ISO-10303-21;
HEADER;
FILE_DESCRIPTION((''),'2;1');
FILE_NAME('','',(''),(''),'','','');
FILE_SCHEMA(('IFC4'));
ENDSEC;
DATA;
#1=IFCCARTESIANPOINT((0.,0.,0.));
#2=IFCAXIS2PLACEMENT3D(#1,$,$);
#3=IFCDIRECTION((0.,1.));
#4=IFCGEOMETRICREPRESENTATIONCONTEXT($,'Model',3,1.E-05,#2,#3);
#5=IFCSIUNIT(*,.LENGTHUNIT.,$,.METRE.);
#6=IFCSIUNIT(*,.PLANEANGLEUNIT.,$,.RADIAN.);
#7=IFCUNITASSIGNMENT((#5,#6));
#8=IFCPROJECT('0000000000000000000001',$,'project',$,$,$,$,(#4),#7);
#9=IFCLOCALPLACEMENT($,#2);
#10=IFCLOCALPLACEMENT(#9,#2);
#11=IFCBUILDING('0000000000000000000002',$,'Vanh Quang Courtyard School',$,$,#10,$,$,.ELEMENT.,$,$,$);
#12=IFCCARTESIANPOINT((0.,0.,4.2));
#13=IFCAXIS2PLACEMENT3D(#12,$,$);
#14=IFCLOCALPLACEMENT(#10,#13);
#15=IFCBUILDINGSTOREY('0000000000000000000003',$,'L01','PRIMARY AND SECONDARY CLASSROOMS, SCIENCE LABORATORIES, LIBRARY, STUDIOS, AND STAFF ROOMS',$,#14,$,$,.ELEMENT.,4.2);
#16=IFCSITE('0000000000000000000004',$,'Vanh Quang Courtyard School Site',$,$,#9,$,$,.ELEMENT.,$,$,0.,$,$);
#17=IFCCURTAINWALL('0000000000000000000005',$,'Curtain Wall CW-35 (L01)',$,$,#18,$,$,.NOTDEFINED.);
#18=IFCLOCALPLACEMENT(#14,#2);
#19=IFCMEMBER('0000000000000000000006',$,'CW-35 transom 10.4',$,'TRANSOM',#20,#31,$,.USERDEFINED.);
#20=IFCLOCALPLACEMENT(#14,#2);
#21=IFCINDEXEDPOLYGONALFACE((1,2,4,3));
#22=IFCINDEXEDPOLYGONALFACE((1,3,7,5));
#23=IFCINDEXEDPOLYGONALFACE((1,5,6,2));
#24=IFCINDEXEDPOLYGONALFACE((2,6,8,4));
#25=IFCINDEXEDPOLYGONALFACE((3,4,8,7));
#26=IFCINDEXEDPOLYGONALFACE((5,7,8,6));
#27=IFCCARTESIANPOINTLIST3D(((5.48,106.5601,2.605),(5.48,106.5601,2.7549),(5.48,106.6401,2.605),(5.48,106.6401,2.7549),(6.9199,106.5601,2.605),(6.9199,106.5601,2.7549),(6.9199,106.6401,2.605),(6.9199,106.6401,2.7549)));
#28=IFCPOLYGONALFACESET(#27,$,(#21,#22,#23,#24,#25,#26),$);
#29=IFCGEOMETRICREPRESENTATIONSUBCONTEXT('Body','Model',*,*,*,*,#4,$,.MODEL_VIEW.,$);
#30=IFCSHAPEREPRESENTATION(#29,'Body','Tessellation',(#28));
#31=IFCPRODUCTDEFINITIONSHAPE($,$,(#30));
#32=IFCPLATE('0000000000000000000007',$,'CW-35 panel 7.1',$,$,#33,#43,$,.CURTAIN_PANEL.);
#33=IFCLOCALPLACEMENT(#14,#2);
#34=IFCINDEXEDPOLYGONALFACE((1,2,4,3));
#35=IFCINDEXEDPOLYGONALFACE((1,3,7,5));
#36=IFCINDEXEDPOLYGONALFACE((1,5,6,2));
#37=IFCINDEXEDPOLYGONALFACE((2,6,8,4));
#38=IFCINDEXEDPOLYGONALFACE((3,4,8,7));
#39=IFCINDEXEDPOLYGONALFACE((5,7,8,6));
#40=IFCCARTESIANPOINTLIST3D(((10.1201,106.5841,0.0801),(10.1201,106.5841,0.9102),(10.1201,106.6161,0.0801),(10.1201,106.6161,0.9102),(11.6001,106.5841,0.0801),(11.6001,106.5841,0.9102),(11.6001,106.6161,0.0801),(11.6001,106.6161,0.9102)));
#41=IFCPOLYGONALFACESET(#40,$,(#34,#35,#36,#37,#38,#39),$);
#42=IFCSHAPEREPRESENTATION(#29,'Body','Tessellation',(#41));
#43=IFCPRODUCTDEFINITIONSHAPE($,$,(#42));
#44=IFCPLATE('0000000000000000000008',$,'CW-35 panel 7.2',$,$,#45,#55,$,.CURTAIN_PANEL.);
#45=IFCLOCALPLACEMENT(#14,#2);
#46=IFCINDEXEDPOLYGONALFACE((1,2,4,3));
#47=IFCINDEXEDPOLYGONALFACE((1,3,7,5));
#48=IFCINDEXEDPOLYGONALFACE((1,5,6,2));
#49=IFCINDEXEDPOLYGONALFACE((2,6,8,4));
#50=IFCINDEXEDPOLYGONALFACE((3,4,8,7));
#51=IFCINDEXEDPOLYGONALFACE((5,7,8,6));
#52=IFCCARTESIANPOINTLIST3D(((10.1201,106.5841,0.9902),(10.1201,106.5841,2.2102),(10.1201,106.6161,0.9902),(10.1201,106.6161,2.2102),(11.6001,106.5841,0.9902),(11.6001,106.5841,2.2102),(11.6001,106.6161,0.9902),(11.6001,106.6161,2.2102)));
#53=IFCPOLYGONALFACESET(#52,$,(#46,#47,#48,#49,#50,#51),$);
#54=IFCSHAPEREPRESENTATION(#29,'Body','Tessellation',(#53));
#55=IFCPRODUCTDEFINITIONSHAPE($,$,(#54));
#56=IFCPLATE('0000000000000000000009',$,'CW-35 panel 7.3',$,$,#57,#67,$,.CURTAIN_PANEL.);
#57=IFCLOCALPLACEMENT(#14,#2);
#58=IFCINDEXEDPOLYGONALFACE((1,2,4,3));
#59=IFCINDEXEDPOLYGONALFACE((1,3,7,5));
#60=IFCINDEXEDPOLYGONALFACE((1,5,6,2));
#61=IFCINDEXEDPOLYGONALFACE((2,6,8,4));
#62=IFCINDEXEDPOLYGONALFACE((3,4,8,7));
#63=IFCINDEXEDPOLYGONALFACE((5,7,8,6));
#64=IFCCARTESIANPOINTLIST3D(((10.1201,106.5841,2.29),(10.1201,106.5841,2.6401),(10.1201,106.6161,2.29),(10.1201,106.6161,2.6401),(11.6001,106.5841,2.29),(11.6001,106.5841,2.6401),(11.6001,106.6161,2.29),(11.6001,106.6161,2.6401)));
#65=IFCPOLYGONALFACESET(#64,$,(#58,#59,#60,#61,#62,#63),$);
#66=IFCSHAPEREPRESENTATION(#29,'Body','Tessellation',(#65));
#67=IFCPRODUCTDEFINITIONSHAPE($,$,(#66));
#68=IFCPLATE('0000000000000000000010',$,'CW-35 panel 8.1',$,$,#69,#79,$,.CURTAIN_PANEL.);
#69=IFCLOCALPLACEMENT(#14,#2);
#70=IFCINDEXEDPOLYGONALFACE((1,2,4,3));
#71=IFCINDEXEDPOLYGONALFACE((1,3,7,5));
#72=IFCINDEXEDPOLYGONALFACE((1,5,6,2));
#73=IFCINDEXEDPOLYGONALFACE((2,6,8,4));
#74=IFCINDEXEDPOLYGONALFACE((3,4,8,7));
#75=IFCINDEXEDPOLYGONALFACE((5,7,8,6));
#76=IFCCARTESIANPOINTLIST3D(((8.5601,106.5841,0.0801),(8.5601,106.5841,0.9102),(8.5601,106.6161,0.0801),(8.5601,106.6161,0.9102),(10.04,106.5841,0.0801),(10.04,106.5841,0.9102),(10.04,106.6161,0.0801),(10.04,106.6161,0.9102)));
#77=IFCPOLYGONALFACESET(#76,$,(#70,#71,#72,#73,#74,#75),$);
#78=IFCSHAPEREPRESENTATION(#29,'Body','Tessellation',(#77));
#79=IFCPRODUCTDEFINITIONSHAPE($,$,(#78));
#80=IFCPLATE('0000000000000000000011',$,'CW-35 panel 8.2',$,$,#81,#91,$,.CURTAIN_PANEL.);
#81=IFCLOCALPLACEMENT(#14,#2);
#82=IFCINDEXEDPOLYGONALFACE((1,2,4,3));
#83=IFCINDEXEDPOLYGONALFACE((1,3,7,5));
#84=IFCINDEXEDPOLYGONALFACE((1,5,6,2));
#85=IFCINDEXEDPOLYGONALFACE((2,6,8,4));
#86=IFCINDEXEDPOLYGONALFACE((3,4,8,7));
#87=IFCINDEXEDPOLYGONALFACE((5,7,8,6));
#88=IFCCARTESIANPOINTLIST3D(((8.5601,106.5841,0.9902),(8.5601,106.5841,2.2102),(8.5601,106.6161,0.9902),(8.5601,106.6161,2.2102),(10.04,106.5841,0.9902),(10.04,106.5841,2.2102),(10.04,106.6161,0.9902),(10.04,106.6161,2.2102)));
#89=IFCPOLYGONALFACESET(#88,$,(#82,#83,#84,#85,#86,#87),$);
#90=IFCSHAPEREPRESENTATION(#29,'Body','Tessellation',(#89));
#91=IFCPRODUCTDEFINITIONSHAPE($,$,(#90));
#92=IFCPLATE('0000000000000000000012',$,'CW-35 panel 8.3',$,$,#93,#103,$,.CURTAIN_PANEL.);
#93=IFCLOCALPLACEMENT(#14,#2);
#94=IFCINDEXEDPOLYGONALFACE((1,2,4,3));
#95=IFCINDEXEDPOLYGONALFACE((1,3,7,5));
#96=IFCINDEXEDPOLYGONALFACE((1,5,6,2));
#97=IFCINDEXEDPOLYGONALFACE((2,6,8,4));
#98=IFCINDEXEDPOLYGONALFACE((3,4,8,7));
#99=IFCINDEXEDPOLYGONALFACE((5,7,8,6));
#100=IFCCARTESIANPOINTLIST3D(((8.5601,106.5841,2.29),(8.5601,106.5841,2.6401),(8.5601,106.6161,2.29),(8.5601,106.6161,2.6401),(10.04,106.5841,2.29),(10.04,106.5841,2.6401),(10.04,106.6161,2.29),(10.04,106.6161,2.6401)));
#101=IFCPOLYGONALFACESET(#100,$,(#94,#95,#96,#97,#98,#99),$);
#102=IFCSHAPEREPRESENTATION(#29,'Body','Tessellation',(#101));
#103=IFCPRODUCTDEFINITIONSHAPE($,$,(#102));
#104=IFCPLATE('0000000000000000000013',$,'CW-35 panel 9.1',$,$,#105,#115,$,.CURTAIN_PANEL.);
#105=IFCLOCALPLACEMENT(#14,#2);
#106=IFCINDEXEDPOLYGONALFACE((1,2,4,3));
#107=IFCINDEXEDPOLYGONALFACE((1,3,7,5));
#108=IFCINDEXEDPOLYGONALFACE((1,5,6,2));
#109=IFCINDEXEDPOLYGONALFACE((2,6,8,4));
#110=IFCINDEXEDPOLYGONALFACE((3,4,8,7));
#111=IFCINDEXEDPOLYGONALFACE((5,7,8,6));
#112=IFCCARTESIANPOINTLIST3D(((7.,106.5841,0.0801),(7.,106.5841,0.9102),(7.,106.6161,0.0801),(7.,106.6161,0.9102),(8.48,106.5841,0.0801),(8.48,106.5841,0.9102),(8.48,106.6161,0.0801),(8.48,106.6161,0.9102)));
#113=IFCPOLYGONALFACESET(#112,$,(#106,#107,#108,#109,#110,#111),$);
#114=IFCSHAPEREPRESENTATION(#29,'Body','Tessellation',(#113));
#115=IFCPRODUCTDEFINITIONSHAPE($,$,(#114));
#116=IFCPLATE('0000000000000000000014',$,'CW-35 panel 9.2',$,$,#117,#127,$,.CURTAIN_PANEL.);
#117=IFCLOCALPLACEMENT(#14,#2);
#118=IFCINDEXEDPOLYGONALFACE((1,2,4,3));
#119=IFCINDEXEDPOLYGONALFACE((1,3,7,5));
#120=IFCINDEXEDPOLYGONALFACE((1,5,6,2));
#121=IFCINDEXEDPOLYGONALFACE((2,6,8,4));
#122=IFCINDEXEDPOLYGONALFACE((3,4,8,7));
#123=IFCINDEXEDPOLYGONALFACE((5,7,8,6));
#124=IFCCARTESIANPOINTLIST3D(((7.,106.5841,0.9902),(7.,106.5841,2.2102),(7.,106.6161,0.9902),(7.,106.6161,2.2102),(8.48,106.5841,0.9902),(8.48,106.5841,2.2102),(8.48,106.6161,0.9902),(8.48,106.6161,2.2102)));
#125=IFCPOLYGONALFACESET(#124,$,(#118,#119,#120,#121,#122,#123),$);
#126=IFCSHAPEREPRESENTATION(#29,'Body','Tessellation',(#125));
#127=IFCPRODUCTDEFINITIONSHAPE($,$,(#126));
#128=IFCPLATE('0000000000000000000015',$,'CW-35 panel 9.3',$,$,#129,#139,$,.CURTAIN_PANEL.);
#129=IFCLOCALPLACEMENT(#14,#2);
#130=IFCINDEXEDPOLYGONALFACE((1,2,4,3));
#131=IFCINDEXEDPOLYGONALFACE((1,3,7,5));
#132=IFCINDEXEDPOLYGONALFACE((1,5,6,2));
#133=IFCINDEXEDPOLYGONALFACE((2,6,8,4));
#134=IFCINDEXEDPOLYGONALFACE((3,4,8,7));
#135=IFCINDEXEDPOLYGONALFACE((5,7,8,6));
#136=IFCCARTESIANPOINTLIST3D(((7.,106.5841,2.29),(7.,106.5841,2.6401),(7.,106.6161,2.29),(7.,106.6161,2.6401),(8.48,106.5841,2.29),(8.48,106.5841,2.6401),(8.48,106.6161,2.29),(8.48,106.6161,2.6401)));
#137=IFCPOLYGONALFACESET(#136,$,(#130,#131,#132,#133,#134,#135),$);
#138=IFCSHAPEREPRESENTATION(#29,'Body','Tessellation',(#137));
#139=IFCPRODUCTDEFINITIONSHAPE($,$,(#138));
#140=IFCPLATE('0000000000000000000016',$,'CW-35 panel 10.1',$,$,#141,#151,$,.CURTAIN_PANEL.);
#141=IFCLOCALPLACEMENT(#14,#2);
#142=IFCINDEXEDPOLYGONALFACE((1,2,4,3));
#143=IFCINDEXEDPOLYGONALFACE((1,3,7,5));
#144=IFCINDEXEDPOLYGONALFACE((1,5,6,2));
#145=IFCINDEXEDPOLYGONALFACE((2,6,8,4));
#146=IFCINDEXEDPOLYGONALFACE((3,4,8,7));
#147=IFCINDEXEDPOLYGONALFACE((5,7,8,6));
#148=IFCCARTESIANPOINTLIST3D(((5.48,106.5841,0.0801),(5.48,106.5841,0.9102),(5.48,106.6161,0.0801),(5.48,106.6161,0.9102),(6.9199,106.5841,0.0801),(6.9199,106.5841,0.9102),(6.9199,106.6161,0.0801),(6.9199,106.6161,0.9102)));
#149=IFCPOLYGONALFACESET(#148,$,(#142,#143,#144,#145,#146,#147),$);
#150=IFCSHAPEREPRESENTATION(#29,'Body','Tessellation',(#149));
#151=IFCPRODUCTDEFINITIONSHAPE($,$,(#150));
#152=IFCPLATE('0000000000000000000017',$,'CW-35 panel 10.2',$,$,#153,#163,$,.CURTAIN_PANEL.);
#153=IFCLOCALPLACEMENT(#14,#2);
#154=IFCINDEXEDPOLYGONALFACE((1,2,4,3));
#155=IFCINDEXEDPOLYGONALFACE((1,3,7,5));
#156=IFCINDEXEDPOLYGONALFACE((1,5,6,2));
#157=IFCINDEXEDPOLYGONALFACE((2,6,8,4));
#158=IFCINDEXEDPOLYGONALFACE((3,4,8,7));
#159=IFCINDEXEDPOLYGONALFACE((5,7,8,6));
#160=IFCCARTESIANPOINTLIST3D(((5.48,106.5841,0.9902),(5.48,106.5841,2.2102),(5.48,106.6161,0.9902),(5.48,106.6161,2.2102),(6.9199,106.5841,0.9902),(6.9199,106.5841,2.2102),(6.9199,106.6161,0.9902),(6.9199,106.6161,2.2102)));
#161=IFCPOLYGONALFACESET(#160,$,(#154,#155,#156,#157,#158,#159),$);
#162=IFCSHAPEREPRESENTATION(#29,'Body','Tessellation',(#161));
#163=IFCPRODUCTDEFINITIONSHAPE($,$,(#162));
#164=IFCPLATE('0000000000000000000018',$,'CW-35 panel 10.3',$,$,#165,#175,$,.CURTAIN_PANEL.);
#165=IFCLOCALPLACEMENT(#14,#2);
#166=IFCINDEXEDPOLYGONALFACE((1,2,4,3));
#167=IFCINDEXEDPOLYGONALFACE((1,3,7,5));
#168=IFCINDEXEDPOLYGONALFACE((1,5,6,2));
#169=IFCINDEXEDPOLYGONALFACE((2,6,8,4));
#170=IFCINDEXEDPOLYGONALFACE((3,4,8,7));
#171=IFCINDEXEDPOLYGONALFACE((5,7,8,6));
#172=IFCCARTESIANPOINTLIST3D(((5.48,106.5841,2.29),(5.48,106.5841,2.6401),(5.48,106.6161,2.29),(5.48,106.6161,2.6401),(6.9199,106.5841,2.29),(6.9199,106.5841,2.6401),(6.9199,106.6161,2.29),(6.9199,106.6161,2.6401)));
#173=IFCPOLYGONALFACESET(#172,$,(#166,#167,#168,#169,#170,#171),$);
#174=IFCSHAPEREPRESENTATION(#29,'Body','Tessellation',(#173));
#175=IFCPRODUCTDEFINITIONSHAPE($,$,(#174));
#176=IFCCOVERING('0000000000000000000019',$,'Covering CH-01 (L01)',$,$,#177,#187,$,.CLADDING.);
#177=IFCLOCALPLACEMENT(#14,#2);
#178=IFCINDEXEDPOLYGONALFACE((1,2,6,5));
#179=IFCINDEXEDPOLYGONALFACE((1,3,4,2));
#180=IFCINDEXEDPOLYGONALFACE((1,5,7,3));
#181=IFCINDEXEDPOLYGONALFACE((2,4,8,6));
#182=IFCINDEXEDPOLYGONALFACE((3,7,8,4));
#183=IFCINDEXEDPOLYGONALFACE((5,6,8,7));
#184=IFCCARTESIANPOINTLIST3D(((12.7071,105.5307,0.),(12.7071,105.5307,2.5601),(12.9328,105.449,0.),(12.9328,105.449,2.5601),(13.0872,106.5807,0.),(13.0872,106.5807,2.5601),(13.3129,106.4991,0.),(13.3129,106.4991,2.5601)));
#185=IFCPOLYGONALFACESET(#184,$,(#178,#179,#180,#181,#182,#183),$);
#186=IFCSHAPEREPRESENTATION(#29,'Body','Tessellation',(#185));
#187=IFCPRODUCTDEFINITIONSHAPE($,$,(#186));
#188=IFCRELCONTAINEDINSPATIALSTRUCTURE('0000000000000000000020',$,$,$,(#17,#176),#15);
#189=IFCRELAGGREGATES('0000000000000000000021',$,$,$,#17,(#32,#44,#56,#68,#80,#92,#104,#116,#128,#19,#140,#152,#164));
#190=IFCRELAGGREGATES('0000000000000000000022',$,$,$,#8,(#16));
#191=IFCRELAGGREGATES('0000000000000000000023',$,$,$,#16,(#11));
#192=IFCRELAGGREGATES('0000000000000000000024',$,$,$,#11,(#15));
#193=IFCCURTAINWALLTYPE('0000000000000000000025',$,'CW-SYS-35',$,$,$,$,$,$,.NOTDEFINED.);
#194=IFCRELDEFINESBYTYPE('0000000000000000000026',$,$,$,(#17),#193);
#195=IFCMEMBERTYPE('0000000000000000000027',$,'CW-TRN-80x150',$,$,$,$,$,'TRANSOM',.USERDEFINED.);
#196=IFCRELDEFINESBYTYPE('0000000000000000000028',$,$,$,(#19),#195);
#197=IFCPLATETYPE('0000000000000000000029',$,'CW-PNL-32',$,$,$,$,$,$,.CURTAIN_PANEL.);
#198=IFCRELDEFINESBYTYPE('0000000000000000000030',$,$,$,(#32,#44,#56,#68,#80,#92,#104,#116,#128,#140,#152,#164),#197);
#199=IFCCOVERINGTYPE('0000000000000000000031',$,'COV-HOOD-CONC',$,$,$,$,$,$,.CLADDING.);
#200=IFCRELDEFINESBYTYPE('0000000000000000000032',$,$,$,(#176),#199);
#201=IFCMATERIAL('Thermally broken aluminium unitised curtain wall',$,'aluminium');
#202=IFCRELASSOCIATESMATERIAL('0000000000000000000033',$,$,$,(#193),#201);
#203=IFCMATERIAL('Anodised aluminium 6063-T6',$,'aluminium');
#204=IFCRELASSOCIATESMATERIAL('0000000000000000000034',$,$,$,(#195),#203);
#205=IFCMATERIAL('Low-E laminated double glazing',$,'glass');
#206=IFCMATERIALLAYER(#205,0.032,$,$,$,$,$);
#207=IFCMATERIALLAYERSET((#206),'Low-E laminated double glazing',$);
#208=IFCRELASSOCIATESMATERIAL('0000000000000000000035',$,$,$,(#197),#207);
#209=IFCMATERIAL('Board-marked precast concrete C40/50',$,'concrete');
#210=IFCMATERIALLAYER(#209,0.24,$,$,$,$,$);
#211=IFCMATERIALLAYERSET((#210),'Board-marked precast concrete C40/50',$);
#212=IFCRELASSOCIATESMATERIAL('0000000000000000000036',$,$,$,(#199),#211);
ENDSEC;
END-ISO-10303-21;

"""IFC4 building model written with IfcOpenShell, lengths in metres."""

from ifc_helpers import new_model, si_unit, direction, frame, origin, origin_2d, place, context, subcontext, project, spatial, rectangle, extrude, material, layer, layer_set, material_profile, profile_set, type_object, element, aggregate, save


model = new_model("IFC4")

# Units and contexts
model_context = context("Model", 3, precision=1e-05, world=origin(), true_north=direction((0.0, 1.0)))
body_context = subcontext(model_context, "Body", "Model", "MODEL_VIEW")
ifc_project = project(units=[si_unit("LENGTHUNIT", "METRE"), si_unit("PLANEANGLEUNIT", "RADIAN")], contexts=[model_context])

# Site, building, storey
site_placement = place(None, origin())
site = spatial("IfcSite", under=ifc_project, at=site_placement, Name="Vanh Quang Courtyard School Site", CompositionType="ELEMENT", RefElevation=0.0)
building_placement = place(site_placement, origin())
building = spatial("IfcBuilding", under=site, at=building_placement, Name="Vanh Quang Courtyard School", CompositionType="ELEMENT")
storey_placement = place(building_placement, frame((0.0, 0.0, 4.2)))
storey = spatial("IfcBuildingStorey", under=building, at=storey_placement, Name="L01", Description="PRIMARY AND SECONDARY CLASSROOMS, SCIENCE LABORATORIES, LIBRARY, STUDIOS, AND STAFF ROOMS", CompositionType="ELEMENT", Elevation=4.2)

# Curtain wall, member, plates
ifc_material_1 = material(Name="Thermally broken aluminium unitised curtain wall", Category="aluminium")
curtain_wall_type = type_object("IfcCurtainWallType", Name="CW-SYS-35", PredefinedType="NOTDEFINED", material=ifc_material_1)
curtain_wall_placement = place(storey_placement, origin())
curtain_wall = element("IfcCurtainWall", 1, at=curtain_wall_placement, inside=storey, type_object=curtain_wall_type, Name="Curtain Wall CW-35 (L01)", PredefinedType="NOTDEFINED")
ifc_material_2 = material(Name="Anodised aluminium 6063-T6", Category="aluminium")
ifc_material_profile_1 = material_profile(ifc_material_2, rectangle(XDim=0.0801, YDim=0.1499, at=origin_2d()), Name="ALU-TRN 80x150")
ifc_profile_set_1 = profile_set([ifc_material_profile_1], Name="Anodised aluminium 6063-T6")
member_type_1 = type_object("IfcMemberType", Name="CW-TRN-80x150", ElementType="TRANSOM", PredefinedType="USERDEFINED", material=ifc_profile_set_1)
member_1_placement = place(storey_placement, frame((6.9199, 106.6001, 2.6799), z_axis=(-1.0, 0.0, 0.0), x_axis=(0.0, -1.0, 0.0)))
member_1 = element("IfcMember", 2, at=member_1_placement, type_object=member_type_1, Name="CW-35 transom 10.4", ObjectType="TRANSOM", PredefinedType="USERDEFINED", context=body_context, shape_type="SweptSolid", body=[
    extrude(rectangle(XDim=0.0801, YDim=0.1499, at=origin_2d()), origin(), (0.0, 0.0, 1.0), 1.4399),
])
ifc_material_3 = material(Name="Low-E laminated double glazing", Category="glass")
ifc_layer_1 = layer(ifc_material_3, 0.032)
ifc_layer_set_1 = layer_set([ifc_layer_1], Name="Low-E laminated double glazing")
plate_type = type_object("IfcPlateType", Name="CW-PNL-32", PredefinedType="CURTAIN_PANEL", material=ifc_layer_set_1)
plate_1_placement = place(storey_placement, frame((10.8601, 106.6001, 0.0801), z_axis=(0.0, 0.0, 1.0), x_axis=(-1.0, 0.0, 0.0)))
plate_1 = element("IfcPlate", 3, at=plate_1_placement, type_object=plate_type, Name="CW-35 panel 7.1", PredefinedType="CURTAIN_PANEL", context=body_context, shape_type="SweptSolid", body=[
    extrude(rectangle(XDim=1.48, YDim=0.032, at=origin_2d()), origin(), (0.0, 0.0, 1.0), 0.8301),
])
plate_2_placement = place(storey_placement, frame((10.8601, 106.6001, 0.9902), z_axis=(0.0, 0.0, 1.0), x_axis=(-1.0, 0.0, 0.0)))
plate_2 = element("IfcPlate", 4, at=plate_2_placement, type_object=plate_type, Name="CW-35 panel 7.2", PredefinedType="CURTAIN_PANEL", context=body_context, shape_type="SweptSolid", body=[
    extrude(rectangle(XDim=1.48, YDim=0.032, at=origin_2d()), origin(), (0.0, 0.0, 1.0), 1.22),
])
plate_3_placement = place(storey_placement, frame((10.8601, 106.6001, 2.29), z_axis=(0.0, 0.0, 1.0), x_axis=(-1.0, 0.0, 0.0)))
plate_3 = element("IfcPlate", 5, at=plate_3_placement, type_object=plate_type, Name="CW-35 panel 7.3", PredefinedType="CURTAIN_PANEL", context=body_context, shape_type="SweptSolid", body=[
    extrude(rectangle(XDim=1.48, YDim=0.032, at=origin_2d()), origin(), (0.0, 0.0, 1.0), 0.3501),
])
plate_4_placement = place(storey_placement, frame((9.3, 106.6001, 0.0801), z_axis=(0.0, 0.0, 1.0), x_axis=(-1.0, 0.0, 0.0)))
plate_4 = element("IfcPlate", 6, at=plate_4_placement, type_object=plate_type, Name="CW-35 panel 8.1", PredefinedType="CURTAIN_PANEL", context=body_context, shape_type="SweptSolid", body=[
    extrude(rectangle(XDim=1.48, YDim=0.032, at=origin_2d()), origin(), (0.0, 0.0, 1.0), 0.8301),
])
plate_5_placement = place(storey_placement, frame((9.3, 106.6001, 0.9902), z_axis=(0.0, 0.0, 1.0), x_axis=(-1.0, 0.0, 0.0)))
plate_5 = element("IfcPlate", 7, at=plate_5_placement, type_object=plate_type, Name="CW-35 panel 8.2", PredefinedType="CURTAIN_PANEL", context=body_context, shape_type="SweptSolid", body=[
    extrude(rectangle(XDim=1.48, YDim=0.032, at=origin_2d()), origin(), (0.0, 0.0, 1.0), 1.22),
])
plate_6_placement = place(storey_placement, frame((9.3, 106.6001, 2.29), z_axis=(0.0, 0.0, 1.0), x_axis=(-1.0, 0.0, 0.0)))
plate_6 = element("IfcPlate", 8, at=plate_6_placement, type_object=plate_type, Name="CW-35 panel 8.3", PredefinedType="CURTAIN_PANEL", context=body_context, shape_type="SweptSolid", body=[
    extrude(rectangle(XDim=1.48, YDim=0.032, at=origin_2d()), origin(), (0.0, 0.0, 1.0), 0.3501),
])
plate_7_placement = place(storey_placement, frame((7.74, 106.6001, 0.0801), z_axis=(0.0, 0.0, 1.0), x_axis=(-1.0, 0.0, 0.0)))
plate_7 = element("IfcPlate", 9, at=plate_7_placement, type_object=plate_type, Name="CW-35 panel 9.1", PredefinedType="CURTAIN_PANEL", context=body_context, shape_type="SweptSolid", body=[
    extrude(rectangle(XDim=1.48, YDim=0.032, at=origin_2d()), origin(), (0.0, 0.0, 1.0), 0.8301),
])
plate_8_placement = place(storey_placement, frame((7.74, 106.6001, 0.9902), z_axis=(0.0, 0.0, 1.0), x_axis=(-1.0, 0.0, 0.0)))
plate_8 = element("IfcPlate", 10, at=plate_8_placement, type_object=plate_type, Name="CW-35 panel 9.2", PredefinedType="CURTAIN_PANEL", context=body_context, shape_type="SweptSolid", body=[
    extrude(rectangle(XDim=1.48, YDim=0.032, at=origin_2d()), origin(), (0.0, 0.0, 1.0), 1.22),
])
plate_9_placement = place(storey_placement, frame((7.74, 106.6001, 2.29), z_axis=(0.0, 0.0, 1.0), x_axis=(-1.0, 0.0, 0.0)))
plate_9 = element("IfcPlate", 11, at=plate_9_placement, type_object=plate_type, Name="CW-35 panel 9.3", PredefinedType="CURTAIN_PANEL", context=body_context, shape_type="SweptSolid", body=[
    extrude(rectangle(XDim=1.48, YDim=0.032, at=origin_2d()), origin(), (0.0, 0.0, 1.0), 0.3501),
])
plate_10_placement = place(storey_placement, frame((6.2, 106.6001, 0.0801), z_axis=(0.0, 0.0, 1.0), x_axis=(-1.0, 0.0, 0.0)))
plate_10 = element("IfcPlate", 12, at=plate_10_placement, type_object=plate_type, Name="CW-35 panel 10.1", PredefinedType="CURTAIN_PANEL", context=body_context, shape_type="SweptSolid", body=[
    extrude(rectangle(XDim=1.4399, YDim=0.032, at=origin_2d()), origin(), (0.0, 0.0, 1.0), 0.8301),
])
plate_11_placement = place(storey_placement, frame((6.2, 106.6001, 0.9902), z_axis=(0.0, 0.0, 1.0), x_axis=(-1.0, 0.0, 0.0)))
plate_11 = element("IfcPlate", 13, at=plate_11_placement, type_object=plate_type, Name="CW-35 panel 10.2", PredefinedType="CURTAIN_PANEL", context=body_context, shape_type="SweptSolid", body=[
    extrude(rectangle(XDim=1.4399, YDim=0.032, at=origin_2d()), origin(), (0.0, 0.0, 1.0), 1.22),
])
plate_12_placement = place(storey_placement, frame((6.2, 106.6001, 2.29), z_axis=(0.0, 0.0, 1.0), x_axis=(-1.0, 0.0, 0.0)))
plate_12 = element("IfcPlate", 14, at=plate_12_placement, type_object=plate_type, Name="CW-35 panel 10.3", PredefinedType="CURTAIN_PANEL", context=body_context, shape_type="SweptSolid", body=[
    extrude(rectangle(XDim=1.4399, YDim=0.032, at=origin_2d()), origin(), (0.0, 0.0, 1.0), 0.3501),
])
aggregate(curtain_wall, [plate_1, plate_2, plate_3, plate_4, plate_5, plate_6, plate_7, plate_8, plate_9, member_1, plate_10, plate_11, plate_12])

# Covering
ifc_material_4 = material(Name="Board-marked precast concrete C40/50", Category="concrete")
ifc_layer_2 = layer(ifc_material_4, 0.24)
ifc_layer_set_2 = layer_set([ifc_layer_2], Name="Board-marked precast concrete C40/50")
covering_type = type_object("IfcCoveringType", Name="COV-HOOD-CONC", PredefinedType="CLADDING", material=ifc_layer_set_2)
covering_placement = place(storey_placement, frame((13.01, 106.0149, 0.0), z_axis=(0.0, 0.0, 1.0), x_axis=(-0.34038, -0.940288, 0.0)))
element("IfcCovering", 15, at=covering_placement, inside=storey, type_object=covering_type, Name="Covering CH-01 (L01)", PredefinedType="CLADDING", context=body_context, shape_type="SweptSolid", body=[
    extrude(rectangle(XDim=1.1167, YDim=0.24, at=origin_2d()), origin(), (0.0, 0.0, 1.0), 2.5601),
])

save(model, "model.ifc")
